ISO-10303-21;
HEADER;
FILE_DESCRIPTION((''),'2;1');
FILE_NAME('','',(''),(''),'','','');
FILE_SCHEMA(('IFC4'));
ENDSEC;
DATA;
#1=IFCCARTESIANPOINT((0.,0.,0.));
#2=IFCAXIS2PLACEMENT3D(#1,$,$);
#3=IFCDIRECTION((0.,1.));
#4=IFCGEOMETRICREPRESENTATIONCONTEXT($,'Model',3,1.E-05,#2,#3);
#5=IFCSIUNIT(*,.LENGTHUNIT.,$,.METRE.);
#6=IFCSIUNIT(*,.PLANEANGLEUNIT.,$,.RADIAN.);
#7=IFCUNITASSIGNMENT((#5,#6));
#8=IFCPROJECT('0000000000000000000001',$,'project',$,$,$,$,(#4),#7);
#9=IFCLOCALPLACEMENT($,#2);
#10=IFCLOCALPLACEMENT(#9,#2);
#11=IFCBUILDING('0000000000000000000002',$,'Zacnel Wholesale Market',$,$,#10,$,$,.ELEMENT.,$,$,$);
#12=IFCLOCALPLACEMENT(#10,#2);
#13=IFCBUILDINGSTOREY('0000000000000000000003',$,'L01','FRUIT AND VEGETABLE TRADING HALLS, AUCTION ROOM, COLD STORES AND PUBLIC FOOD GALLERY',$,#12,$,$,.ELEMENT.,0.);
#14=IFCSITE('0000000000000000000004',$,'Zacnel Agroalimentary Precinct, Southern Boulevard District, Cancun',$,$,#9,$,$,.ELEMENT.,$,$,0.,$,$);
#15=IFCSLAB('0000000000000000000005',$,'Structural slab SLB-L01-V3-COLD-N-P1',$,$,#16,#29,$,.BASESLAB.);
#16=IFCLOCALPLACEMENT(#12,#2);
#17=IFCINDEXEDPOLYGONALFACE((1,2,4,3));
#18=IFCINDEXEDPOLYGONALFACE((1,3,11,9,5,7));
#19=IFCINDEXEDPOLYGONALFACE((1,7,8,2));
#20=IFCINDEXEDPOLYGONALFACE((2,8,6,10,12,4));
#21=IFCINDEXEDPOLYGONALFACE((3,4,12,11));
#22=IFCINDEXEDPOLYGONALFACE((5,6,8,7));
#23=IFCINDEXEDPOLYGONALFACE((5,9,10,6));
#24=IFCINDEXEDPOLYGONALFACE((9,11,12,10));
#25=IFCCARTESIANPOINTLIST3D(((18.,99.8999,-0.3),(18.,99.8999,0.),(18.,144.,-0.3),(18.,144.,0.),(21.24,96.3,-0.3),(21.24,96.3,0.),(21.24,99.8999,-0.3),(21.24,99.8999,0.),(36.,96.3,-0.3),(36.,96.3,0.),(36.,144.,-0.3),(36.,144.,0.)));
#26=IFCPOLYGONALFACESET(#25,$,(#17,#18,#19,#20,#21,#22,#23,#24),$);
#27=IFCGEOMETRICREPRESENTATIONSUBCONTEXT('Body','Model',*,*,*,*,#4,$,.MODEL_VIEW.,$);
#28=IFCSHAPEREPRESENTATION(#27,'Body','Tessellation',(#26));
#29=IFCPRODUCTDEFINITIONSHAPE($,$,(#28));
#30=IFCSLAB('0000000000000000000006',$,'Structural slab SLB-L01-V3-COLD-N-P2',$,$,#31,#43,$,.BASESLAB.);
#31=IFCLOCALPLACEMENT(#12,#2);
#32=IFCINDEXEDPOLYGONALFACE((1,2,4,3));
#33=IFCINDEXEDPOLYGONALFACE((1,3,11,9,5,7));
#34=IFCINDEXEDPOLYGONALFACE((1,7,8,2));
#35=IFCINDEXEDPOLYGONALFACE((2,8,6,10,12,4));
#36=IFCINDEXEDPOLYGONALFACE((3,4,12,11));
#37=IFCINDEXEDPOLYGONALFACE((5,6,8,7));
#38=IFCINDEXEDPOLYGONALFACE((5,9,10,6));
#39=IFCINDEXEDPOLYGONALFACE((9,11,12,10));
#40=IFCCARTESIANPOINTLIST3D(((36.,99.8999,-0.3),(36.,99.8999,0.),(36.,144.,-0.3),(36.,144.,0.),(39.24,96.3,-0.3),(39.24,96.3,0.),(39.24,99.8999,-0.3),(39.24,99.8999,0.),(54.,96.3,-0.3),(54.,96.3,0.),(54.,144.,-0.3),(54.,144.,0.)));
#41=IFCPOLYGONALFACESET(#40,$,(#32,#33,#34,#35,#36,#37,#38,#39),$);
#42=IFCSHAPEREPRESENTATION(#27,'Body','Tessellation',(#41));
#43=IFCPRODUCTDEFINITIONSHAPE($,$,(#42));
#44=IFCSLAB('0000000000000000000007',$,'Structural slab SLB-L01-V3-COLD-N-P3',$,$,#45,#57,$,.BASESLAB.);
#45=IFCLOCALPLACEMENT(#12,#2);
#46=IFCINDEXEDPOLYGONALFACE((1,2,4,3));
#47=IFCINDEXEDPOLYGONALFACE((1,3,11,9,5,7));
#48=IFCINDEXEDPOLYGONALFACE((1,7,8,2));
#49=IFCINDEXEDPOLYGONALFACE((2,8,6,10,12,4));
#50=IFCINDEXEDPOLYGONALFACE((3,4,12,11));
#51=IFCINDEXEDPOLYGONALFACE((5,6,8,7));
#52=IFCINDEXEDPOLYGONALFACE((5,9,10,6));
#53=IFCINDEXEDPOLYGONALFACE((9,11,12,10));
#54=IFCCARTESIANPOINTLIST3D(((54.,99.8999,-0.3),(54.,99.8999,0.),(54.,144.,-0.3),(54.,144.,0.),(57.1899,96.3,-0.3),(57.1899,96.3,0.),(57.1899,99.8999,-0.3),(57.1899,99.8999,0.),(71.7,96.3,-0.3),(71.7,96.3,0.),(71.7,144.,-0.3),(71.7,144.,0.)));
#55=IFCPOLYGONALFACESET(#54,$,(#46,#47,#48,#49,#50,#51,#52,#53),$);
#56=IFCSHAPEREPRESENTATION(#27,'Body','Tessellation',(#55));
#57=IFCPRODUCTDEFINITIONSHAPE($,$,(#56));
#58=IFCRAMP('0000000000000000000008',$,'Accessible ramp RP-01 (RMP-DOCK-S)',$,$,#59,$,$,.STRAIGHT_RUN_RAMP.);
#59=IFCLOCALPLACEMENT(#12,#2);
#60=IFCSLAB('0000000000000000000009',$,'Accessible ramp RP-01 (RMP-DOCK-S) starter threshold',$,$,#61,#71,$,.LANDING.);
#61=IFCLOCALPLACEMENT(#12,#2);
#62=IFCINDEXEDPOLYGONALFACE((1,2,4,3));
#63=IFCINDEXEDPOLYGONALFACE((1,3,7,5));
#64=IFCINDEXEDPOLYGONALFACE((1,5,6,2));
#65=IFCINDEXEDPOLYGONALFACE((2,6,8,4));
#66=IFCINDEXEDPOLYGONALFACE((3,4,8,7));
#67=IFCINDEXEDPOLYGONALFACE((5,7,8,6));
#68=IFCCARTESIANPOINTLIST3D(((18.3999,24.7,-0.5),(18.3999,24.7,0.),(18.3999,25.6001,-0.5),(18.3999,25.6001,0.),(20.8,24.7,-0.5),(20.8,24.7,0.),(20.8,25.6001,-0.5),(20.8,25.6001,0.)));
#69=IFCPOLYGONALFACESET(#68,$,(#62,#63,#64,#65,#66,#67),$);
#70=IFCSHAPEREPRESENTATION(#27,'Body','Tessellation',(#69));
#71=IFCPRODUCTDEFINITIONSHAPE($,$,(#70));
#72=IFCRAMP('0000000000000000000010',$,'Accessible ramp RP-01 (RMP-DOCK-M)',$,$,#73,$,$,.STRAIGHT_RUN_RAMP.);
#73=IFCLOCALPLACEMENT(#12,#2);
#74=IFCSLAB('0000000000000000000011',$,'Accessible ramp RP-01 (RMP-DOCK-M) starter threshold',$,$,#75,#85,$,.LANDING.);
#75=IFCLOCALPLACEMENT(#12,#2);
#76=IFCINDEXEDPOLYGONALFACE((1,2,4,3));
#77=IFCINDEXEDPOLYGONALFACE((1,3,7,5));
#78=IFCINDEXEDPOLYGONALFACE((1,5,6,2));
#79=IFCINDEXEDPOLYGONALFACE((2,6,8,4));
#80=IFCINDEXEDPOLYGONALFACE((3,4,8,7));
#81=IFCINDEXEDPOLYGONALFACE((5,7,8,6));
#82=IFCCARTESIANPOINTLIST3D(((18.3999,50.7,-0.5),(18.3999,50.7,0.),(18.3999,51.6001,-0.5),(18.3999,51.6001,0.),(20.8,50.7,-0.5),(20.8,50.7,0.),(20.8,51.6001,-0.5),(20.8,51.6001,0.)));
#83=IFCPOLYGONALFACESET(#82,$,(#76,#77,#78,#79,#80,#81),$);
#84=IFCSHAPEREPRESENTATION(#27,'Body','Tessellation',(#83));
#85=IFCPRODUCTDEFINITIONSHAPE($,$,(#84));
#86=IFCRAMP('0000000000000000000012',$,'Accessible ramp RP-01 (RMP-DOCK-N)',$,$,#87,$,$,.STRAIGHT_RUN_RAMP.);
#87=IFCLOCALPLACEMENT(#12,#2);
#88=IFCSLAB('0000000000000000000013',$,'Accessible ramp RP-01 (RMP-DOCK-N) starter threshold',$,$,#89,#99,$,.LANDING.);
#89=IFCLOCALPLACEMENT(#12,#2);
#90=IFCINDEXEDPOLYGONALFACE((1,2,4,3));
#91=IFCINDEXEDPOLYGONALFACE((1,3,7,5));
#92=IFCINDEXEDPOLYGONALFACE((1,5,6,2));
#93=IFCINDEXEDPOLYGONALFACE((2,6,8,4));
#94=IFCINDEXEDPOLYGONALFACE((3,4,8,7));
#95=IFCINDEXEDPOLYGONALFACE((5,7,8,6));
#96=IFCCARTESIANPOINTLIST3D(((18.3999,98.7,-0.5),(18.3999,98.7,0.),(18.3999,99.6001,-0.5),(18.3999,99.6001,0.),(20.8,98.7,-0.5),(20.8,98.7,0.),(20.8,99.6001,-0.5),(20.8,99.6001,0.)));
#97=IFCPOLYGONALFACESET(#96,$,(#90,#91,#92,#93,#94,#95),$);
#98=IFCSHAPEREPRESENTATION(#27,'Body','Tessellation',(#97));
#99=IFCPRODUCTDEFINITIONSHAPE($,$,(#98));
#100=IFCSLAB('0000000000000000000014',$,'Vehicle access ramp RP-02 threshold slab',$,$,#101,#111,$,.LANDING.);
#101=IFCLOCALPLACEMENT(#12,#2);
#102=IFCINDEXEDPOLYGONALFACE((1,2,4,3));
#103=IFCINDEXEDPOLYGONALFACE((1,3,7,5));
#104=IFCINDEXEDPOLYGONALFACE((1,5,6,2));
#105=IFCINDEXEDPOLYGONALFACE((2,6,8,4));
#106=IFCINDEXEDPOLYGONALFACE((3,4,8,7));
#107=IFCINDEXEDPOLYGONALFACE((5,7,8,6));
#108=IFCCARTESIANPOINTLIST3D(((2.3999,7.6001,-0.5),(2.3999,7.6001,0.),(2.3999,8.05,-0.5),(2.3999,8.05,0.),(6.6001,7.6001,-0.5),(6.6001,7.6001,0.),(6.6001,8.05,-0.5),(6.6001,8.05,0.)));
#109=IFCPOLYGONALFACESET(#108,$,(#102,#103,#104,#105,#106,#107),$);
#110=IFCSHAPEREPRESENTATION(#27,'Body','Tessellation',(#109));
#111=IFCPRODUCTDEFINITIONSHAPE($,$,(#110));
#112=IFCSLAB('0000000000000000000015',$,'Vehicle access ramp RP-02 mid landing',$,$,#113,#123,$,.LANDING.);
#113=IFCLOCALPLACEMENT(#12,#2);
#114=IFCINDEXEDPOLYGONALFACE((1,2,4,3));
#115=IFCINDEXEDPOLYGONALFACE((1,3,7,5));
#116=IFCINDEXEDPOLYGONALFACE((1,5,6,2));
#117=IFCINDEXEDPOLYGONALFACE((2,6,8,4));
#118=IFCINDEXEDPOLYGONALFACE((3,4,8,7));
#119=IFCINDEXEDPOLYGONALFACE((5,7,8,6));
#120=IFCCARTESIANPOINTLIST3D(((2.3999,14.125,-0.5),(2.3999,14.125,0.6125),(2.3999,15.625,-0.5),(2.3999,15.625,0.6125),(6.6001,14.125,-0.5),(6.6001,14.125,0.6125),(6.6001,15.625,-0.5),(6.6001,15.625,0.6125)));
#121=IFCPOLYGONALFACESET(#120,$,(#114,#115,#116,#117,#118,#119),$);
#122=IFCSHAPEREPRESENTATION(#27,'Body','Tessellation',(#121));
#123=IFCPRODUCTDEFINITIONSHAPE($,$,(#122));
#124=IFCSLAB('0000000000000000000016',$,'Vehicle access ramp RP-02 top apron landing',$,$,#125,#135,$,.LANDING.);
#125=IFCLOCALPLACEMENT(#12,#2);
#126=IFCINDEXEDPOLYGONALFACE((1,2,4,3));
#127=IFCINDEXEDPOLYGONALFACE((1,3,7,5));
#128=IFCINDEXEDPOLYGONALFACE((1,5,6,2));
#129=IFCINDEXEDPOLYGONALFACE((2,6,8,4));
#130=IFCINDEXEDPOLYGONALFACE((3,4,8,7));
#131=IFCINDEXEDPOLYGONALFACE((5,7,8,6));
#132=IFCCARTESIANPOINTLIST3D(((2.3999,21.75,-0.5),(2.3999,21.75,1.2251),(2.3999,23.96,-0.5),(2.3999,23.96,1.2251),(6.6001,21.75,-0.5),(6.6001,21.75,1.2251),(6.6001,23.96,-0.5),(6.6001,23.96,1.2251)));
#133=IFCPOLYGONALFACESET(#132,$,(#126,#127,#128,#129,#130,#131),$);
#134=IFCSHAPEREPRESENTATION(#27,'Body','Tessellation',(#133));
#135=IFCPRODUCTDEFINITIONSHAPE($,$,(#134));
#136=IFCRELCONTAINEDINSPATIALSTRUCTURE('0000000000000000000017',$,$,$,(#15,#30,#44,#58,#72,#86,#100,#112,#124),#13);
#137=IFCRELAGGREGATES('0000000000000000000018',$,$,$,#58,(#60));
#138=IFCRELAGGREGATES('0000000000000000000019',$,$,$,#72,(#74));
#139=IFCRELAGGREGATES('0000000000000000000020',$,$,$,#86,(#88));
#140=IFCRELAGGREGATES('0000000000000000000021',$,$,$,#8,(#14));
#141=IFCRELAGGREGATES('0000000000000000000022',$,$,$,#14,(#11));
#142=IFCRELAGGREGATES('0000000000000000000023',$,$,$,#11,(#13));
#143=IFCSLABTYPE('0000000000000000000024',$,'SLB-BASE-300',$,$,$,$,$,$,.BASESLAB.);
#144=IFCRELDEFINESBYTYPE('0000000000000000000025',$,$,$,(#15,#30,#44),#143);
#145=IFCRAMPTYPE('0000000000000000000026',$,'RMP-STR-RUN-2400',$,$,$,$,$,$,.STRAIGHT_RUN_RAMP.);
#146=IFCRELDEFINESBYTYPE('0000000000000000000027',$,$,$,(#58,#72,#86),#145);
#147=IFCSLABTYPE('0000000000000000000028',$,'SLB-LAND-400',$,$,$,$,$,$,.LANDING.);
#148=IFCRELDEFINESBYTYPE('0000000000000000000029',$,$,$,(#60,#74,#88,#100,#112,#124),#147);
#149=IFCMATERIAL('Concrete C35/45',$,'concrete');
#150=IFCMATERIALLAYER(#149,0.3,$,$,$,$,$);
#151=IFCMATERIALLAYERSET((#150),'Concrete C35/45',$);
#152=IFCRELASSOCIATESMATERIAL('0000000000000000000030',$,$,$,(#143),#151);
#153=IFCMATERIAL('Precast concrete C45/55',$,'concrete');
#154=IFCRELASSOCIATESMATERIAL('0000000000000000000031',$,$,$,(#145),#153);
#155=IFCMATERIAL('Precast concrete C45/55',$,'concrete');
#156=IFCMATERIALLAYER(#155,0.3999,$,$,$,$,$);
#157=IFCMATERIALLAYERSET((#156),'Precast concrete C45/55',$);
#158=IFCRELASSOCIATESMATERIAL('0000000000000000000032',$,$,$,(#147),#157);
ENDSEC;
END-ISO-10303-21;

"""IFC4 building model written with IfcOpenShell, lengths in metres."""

from ifc_helpers import new_model, si_unit, direction, frame, origin, place, context, subcontext, project, spatial, polyline, outline, extrude, material, layer, layer_set, type_object, element, aggregate, save


model = new_model("IFC4")

# Units and contexts
model_context = context("Model", 3, precision=1e-05, world=origin(), true_north=direction((0.0, 1.0)))
body_context = subcontext(model_context, "Body", "Model", "MODEL_VIEW")
ifc_project = project(units=[si_unit("LENGTHUNIT", "METRE"), si_unit("PLANEANGLEUNIT", "RADIAN")], contexts=[model_context])

# Site, building, storey
site_placement = place(None, origin())
site = spatial("IfcSite", under=ifc_project, at=site_placement, Name="Zacnel Agroalimentary Precinct, Southern Boulevard District, Cancun", CompositionType="ELEMENT", RefElevation=0.0)
building_placement = place(site_placement, origin())
building = spatial("IfcBuilding", under=site, at=building_placement, Name="Zacnel Wholesale Market", CompositionType="ELEMENT")
storey_placement = place(building_placement, origin())
storey = spatial("IfcBuildingStorey", under=building, at=storey_placement, Name="L01", Description="FRUIT AND VEGETABLE TRADING HALLS, AUCTION ROOM, COLD STORES AND PUBLIC FOOD GALLERY", CompositionType="ELEMENT", Elevation=0.0)

# Slabs
ifc_material_1 = material(Name="Concrete C35/45", Category="concrete")
ifc_layer_1 = layer(ifc_material_1, 0.3)
ifc_layer_set_1 = layer_set([ifc_layer_1], Name="Concrete C35/45")
slab_type_1 = type_object("IfcSlabType", Name="SLB-BASE-300", PredefinedType="BASESLAB", material=ifc_layer_set_1)
slab_1_placement = place(storey_placement, frame((0.0, 0.0, -0.3)))
element("IfcSlab", 1, at=slab_1_placement, inside=storey, type_object=slab_type_1, Name="Structural slab SLB-L01-V3-COLD-N-P1", PredefinedType="BASESLAB", context=body_context, shape_type="SweptSolid", body=[
    extrude(outline(polyline([(21.24, 96.3), (36.0, 96.3), (36.0, 144.0), (18.0, 144.0), (18.0, 99.8999), (21.24, 99.8999), (21.24, 96.3)])), origin(), (0.0, 0.0, 1.0), 0.3),
])
slab_2_placement = place(storey_placement, frame((0.0, 0.0, -0.3)))
element("IfcSlab", 2, at=slab_2_placement, inside=storey, type_object=slab_type_1, Name="Structural slab SLB-L01-V3-COLD-N-P2", PredefinedType="BASESLAB", context=body_context, shape_type="SweptSolid", body=[
    extrude(outline(polyline([(39.24, 96.3), (54.0, 96.3), (54.0, 144.0), (36.0, 144.0), (36.0, 99.8999), (39.24, 99.8999), (39.24, 96.3)])), origin(), (0.0, 0.0, 1.0), 0.3),
])
slab_3_placement = place(storey_placement, frame((0.0, 0.0, -0.3)))
element("IfcSlab", 3, at=slab_3_placement, inside=storey, type_object=slab_type_1, Name="Structural slab SLB-L01-V3-COLD-N-P3", PredefinedType="BASESLAB", context=body_context, shape_type="SweptSolid", body=[
    extrude(outline(polyline([(57.1899, 96.3), (71.7, 96.3), (71.7, 144.0), (54.0, 144.0), (54.0, 99.8999), (57.1899, 99.8999), (57.1899, 96.3)])), origin(), (0.0, 0.0, 1.0), 0.3),
])

# Ramps, slabs
ifc_material_2 = material(Name="Precast concrete C45/55", Category="concrete")
ramp_type = type_object("IfcRampType", Name="RMP-STR-RUN-2400", PredefinedType="STRAIGHT_RUN_RAMP", material=ifc_material_2)
ramp_1_placement = place(storey_placement, origin())
ramp_1 = element("IfcRamp", 4, at=ramp_1_placement, inside=storey, type_object=ramp_type, Name="Accessible ramp RP-01 (RMP-DOCK-S)", PredefinedType="STRAIGHT_RUN_RAMP")
ifc_material_3 = material(Name="Precast concrete C45/55", Category="concrete")
ifc_layer_2 = layer(ifc_material_3, 0.3999)
ifc_layer_set_2 = layer_set([ifc_layer_2], Name="Precast concrete C45/55")
slab_type_2 = type_object("IfcSlabType", Name="SLB-LAND-400", PredefinedType="LANDING", material=ifc_layer_set_2)
slab_4_placement = place(storey_placement, frame((0.0, 0.0, -0.5)))
slab_4 = element("IfcSlab", 5, at=slab_4_placement, type_object=slab_type_2, Name="Accessible ramp RP-01 (RMP-DOCK-S) starter threshold", PredefinedType="LANDING", context=body_context, shape_type="SweptSolid", body=[
    extrude(outline(polyline([(18.3999, 24.7), (20.8, 24.7), (20.8, 25.6001), (18.3999, 25.6001), (18.3999, 24.7)])), origin(), (0.0, 0.0, 1.0), 0.5),
])
aggregate(ramp_1, [slab_4])
ramp_2_placement = place(storey_placement, origin())
ramp_2 = element("IfcRamp", 6, at=ramp_2_placement, inside=storey, type_object=ramp_type, Name="Accessible ramp RP-01 (RMP-DOCK-M)", PredefinedType="STRAIGHT_RUN_RAMP")
slab_5_placement = place(storey_placement, frame((0.0, 0.0, -0.5)))
slab_5 = element("IfcSlab", 7, at=slab_5_placement, type_object=slab_type_2, Name="Accessible ramp RP-01 (RMP-DOCK-M) starter threshold", PredefinedType="LANDING", context=body_context, shape_type="SweptSolid", body=[
    extrude(outline(polyline([(18.3999, 50.7), (20.8, 50.7), (20.8, 51.6001), (18.3999, 51.6001), (18.3999, 50.7)])), origin(), (0.0, 0.0, 1.0), 0.5),
])
aggregate(ramp_2, [slab_5])
ramp_3_placement = place(storey_placement, origin())
ramp_3 = element("IfcRamp", 8, at=ramp_3_placement, inside=storey, type_object=ramp_type, Name="Accessible ramp RP-01 (RMP-DOCK-N)", PredefinedType="STRAIGHT_RUN_RAMP")
slab_6_placement = place(storey_placement, frame((0.0, 0.0, -0.5)))
slab_6 = element("IfcSlab", 9, at=slab_6_placement, type_object=slab_type_2, Name="Accessible ramp RP-01 (RMP-DOCK-N) starter threshold", PredefinedType="LANDING", context=body_context, shape_type="SweptSolid", body=[
    extrude(outline(polyline([(18.3999, 98.7), (20.8, 98.7), (20.8, 99.6001), (18.3999, 99.6001), (18.3999, 98.7)])), origin(), (0.0, 0.0, 1.0), 0.5),
])
aggregate(ramp_3, [slab_6])

# Slabs
slab_7_placement = place(storey_placement, frame((0.0, 0.0, -0.5)))
element("IfcSlab", 10, at=slab_7_placement, inside=storey, type_object=slab_type_2, Name="Vehicle access ramp RP-02 threshold slab", PredefinedType="LANDING", context=body_context, shape_type="SweptSolid", body=[
    extrude(outline(polyline([(2.3999, 7.6001), (6.6001, 7.6001), (6.6001, 8.05), (2.3999, 8.05), (2.3999, 7.6001)])), origin(), (0.0, 0.0, 1.0), 0.5),
])
slab_8_placement = place(storey_placement, frame((0.0, 0.0, -0.5)))
element("IfcSlab", 11, at=slab_8_placement, inside=storey, type_object=slab_type_2, Name="Vehicle access ramp RP-02 mid landing", PredefinedType="LANDING", context=body_context, shape_type="SweptSolid", body=[
    extrude(outline(polyline([(2.3999, 14.125), (6.6001, 14.125), (6.6001, 15.625), (2.3999, 15.625), (2.3999, 14.125)])), origin(), (0.0, 0.0, 1.0), 1.1125),
])
slab_9_placement = place(storey_placement, frame((0.0, 0.0, -0.5)))
element("IfcSlab", 12, at=slab_9_placement, inside=storey, type_object=slab_type_2, Name="Vehicle access ramp RP-02 top apron landing", PredefinedType="LANDING", context=body_context, shape_type="SweptSolid", body=[
    extrude(outline(polyline([(2.3999, 21.75), (6.6001, 21.75), (6.6001, 23.96), (2.3999, 23.96), (2.3999, 21.75)])), origin(), (0.0, 0.0, 1.0), 1.7251),
])

save(model, "model.ifc")
